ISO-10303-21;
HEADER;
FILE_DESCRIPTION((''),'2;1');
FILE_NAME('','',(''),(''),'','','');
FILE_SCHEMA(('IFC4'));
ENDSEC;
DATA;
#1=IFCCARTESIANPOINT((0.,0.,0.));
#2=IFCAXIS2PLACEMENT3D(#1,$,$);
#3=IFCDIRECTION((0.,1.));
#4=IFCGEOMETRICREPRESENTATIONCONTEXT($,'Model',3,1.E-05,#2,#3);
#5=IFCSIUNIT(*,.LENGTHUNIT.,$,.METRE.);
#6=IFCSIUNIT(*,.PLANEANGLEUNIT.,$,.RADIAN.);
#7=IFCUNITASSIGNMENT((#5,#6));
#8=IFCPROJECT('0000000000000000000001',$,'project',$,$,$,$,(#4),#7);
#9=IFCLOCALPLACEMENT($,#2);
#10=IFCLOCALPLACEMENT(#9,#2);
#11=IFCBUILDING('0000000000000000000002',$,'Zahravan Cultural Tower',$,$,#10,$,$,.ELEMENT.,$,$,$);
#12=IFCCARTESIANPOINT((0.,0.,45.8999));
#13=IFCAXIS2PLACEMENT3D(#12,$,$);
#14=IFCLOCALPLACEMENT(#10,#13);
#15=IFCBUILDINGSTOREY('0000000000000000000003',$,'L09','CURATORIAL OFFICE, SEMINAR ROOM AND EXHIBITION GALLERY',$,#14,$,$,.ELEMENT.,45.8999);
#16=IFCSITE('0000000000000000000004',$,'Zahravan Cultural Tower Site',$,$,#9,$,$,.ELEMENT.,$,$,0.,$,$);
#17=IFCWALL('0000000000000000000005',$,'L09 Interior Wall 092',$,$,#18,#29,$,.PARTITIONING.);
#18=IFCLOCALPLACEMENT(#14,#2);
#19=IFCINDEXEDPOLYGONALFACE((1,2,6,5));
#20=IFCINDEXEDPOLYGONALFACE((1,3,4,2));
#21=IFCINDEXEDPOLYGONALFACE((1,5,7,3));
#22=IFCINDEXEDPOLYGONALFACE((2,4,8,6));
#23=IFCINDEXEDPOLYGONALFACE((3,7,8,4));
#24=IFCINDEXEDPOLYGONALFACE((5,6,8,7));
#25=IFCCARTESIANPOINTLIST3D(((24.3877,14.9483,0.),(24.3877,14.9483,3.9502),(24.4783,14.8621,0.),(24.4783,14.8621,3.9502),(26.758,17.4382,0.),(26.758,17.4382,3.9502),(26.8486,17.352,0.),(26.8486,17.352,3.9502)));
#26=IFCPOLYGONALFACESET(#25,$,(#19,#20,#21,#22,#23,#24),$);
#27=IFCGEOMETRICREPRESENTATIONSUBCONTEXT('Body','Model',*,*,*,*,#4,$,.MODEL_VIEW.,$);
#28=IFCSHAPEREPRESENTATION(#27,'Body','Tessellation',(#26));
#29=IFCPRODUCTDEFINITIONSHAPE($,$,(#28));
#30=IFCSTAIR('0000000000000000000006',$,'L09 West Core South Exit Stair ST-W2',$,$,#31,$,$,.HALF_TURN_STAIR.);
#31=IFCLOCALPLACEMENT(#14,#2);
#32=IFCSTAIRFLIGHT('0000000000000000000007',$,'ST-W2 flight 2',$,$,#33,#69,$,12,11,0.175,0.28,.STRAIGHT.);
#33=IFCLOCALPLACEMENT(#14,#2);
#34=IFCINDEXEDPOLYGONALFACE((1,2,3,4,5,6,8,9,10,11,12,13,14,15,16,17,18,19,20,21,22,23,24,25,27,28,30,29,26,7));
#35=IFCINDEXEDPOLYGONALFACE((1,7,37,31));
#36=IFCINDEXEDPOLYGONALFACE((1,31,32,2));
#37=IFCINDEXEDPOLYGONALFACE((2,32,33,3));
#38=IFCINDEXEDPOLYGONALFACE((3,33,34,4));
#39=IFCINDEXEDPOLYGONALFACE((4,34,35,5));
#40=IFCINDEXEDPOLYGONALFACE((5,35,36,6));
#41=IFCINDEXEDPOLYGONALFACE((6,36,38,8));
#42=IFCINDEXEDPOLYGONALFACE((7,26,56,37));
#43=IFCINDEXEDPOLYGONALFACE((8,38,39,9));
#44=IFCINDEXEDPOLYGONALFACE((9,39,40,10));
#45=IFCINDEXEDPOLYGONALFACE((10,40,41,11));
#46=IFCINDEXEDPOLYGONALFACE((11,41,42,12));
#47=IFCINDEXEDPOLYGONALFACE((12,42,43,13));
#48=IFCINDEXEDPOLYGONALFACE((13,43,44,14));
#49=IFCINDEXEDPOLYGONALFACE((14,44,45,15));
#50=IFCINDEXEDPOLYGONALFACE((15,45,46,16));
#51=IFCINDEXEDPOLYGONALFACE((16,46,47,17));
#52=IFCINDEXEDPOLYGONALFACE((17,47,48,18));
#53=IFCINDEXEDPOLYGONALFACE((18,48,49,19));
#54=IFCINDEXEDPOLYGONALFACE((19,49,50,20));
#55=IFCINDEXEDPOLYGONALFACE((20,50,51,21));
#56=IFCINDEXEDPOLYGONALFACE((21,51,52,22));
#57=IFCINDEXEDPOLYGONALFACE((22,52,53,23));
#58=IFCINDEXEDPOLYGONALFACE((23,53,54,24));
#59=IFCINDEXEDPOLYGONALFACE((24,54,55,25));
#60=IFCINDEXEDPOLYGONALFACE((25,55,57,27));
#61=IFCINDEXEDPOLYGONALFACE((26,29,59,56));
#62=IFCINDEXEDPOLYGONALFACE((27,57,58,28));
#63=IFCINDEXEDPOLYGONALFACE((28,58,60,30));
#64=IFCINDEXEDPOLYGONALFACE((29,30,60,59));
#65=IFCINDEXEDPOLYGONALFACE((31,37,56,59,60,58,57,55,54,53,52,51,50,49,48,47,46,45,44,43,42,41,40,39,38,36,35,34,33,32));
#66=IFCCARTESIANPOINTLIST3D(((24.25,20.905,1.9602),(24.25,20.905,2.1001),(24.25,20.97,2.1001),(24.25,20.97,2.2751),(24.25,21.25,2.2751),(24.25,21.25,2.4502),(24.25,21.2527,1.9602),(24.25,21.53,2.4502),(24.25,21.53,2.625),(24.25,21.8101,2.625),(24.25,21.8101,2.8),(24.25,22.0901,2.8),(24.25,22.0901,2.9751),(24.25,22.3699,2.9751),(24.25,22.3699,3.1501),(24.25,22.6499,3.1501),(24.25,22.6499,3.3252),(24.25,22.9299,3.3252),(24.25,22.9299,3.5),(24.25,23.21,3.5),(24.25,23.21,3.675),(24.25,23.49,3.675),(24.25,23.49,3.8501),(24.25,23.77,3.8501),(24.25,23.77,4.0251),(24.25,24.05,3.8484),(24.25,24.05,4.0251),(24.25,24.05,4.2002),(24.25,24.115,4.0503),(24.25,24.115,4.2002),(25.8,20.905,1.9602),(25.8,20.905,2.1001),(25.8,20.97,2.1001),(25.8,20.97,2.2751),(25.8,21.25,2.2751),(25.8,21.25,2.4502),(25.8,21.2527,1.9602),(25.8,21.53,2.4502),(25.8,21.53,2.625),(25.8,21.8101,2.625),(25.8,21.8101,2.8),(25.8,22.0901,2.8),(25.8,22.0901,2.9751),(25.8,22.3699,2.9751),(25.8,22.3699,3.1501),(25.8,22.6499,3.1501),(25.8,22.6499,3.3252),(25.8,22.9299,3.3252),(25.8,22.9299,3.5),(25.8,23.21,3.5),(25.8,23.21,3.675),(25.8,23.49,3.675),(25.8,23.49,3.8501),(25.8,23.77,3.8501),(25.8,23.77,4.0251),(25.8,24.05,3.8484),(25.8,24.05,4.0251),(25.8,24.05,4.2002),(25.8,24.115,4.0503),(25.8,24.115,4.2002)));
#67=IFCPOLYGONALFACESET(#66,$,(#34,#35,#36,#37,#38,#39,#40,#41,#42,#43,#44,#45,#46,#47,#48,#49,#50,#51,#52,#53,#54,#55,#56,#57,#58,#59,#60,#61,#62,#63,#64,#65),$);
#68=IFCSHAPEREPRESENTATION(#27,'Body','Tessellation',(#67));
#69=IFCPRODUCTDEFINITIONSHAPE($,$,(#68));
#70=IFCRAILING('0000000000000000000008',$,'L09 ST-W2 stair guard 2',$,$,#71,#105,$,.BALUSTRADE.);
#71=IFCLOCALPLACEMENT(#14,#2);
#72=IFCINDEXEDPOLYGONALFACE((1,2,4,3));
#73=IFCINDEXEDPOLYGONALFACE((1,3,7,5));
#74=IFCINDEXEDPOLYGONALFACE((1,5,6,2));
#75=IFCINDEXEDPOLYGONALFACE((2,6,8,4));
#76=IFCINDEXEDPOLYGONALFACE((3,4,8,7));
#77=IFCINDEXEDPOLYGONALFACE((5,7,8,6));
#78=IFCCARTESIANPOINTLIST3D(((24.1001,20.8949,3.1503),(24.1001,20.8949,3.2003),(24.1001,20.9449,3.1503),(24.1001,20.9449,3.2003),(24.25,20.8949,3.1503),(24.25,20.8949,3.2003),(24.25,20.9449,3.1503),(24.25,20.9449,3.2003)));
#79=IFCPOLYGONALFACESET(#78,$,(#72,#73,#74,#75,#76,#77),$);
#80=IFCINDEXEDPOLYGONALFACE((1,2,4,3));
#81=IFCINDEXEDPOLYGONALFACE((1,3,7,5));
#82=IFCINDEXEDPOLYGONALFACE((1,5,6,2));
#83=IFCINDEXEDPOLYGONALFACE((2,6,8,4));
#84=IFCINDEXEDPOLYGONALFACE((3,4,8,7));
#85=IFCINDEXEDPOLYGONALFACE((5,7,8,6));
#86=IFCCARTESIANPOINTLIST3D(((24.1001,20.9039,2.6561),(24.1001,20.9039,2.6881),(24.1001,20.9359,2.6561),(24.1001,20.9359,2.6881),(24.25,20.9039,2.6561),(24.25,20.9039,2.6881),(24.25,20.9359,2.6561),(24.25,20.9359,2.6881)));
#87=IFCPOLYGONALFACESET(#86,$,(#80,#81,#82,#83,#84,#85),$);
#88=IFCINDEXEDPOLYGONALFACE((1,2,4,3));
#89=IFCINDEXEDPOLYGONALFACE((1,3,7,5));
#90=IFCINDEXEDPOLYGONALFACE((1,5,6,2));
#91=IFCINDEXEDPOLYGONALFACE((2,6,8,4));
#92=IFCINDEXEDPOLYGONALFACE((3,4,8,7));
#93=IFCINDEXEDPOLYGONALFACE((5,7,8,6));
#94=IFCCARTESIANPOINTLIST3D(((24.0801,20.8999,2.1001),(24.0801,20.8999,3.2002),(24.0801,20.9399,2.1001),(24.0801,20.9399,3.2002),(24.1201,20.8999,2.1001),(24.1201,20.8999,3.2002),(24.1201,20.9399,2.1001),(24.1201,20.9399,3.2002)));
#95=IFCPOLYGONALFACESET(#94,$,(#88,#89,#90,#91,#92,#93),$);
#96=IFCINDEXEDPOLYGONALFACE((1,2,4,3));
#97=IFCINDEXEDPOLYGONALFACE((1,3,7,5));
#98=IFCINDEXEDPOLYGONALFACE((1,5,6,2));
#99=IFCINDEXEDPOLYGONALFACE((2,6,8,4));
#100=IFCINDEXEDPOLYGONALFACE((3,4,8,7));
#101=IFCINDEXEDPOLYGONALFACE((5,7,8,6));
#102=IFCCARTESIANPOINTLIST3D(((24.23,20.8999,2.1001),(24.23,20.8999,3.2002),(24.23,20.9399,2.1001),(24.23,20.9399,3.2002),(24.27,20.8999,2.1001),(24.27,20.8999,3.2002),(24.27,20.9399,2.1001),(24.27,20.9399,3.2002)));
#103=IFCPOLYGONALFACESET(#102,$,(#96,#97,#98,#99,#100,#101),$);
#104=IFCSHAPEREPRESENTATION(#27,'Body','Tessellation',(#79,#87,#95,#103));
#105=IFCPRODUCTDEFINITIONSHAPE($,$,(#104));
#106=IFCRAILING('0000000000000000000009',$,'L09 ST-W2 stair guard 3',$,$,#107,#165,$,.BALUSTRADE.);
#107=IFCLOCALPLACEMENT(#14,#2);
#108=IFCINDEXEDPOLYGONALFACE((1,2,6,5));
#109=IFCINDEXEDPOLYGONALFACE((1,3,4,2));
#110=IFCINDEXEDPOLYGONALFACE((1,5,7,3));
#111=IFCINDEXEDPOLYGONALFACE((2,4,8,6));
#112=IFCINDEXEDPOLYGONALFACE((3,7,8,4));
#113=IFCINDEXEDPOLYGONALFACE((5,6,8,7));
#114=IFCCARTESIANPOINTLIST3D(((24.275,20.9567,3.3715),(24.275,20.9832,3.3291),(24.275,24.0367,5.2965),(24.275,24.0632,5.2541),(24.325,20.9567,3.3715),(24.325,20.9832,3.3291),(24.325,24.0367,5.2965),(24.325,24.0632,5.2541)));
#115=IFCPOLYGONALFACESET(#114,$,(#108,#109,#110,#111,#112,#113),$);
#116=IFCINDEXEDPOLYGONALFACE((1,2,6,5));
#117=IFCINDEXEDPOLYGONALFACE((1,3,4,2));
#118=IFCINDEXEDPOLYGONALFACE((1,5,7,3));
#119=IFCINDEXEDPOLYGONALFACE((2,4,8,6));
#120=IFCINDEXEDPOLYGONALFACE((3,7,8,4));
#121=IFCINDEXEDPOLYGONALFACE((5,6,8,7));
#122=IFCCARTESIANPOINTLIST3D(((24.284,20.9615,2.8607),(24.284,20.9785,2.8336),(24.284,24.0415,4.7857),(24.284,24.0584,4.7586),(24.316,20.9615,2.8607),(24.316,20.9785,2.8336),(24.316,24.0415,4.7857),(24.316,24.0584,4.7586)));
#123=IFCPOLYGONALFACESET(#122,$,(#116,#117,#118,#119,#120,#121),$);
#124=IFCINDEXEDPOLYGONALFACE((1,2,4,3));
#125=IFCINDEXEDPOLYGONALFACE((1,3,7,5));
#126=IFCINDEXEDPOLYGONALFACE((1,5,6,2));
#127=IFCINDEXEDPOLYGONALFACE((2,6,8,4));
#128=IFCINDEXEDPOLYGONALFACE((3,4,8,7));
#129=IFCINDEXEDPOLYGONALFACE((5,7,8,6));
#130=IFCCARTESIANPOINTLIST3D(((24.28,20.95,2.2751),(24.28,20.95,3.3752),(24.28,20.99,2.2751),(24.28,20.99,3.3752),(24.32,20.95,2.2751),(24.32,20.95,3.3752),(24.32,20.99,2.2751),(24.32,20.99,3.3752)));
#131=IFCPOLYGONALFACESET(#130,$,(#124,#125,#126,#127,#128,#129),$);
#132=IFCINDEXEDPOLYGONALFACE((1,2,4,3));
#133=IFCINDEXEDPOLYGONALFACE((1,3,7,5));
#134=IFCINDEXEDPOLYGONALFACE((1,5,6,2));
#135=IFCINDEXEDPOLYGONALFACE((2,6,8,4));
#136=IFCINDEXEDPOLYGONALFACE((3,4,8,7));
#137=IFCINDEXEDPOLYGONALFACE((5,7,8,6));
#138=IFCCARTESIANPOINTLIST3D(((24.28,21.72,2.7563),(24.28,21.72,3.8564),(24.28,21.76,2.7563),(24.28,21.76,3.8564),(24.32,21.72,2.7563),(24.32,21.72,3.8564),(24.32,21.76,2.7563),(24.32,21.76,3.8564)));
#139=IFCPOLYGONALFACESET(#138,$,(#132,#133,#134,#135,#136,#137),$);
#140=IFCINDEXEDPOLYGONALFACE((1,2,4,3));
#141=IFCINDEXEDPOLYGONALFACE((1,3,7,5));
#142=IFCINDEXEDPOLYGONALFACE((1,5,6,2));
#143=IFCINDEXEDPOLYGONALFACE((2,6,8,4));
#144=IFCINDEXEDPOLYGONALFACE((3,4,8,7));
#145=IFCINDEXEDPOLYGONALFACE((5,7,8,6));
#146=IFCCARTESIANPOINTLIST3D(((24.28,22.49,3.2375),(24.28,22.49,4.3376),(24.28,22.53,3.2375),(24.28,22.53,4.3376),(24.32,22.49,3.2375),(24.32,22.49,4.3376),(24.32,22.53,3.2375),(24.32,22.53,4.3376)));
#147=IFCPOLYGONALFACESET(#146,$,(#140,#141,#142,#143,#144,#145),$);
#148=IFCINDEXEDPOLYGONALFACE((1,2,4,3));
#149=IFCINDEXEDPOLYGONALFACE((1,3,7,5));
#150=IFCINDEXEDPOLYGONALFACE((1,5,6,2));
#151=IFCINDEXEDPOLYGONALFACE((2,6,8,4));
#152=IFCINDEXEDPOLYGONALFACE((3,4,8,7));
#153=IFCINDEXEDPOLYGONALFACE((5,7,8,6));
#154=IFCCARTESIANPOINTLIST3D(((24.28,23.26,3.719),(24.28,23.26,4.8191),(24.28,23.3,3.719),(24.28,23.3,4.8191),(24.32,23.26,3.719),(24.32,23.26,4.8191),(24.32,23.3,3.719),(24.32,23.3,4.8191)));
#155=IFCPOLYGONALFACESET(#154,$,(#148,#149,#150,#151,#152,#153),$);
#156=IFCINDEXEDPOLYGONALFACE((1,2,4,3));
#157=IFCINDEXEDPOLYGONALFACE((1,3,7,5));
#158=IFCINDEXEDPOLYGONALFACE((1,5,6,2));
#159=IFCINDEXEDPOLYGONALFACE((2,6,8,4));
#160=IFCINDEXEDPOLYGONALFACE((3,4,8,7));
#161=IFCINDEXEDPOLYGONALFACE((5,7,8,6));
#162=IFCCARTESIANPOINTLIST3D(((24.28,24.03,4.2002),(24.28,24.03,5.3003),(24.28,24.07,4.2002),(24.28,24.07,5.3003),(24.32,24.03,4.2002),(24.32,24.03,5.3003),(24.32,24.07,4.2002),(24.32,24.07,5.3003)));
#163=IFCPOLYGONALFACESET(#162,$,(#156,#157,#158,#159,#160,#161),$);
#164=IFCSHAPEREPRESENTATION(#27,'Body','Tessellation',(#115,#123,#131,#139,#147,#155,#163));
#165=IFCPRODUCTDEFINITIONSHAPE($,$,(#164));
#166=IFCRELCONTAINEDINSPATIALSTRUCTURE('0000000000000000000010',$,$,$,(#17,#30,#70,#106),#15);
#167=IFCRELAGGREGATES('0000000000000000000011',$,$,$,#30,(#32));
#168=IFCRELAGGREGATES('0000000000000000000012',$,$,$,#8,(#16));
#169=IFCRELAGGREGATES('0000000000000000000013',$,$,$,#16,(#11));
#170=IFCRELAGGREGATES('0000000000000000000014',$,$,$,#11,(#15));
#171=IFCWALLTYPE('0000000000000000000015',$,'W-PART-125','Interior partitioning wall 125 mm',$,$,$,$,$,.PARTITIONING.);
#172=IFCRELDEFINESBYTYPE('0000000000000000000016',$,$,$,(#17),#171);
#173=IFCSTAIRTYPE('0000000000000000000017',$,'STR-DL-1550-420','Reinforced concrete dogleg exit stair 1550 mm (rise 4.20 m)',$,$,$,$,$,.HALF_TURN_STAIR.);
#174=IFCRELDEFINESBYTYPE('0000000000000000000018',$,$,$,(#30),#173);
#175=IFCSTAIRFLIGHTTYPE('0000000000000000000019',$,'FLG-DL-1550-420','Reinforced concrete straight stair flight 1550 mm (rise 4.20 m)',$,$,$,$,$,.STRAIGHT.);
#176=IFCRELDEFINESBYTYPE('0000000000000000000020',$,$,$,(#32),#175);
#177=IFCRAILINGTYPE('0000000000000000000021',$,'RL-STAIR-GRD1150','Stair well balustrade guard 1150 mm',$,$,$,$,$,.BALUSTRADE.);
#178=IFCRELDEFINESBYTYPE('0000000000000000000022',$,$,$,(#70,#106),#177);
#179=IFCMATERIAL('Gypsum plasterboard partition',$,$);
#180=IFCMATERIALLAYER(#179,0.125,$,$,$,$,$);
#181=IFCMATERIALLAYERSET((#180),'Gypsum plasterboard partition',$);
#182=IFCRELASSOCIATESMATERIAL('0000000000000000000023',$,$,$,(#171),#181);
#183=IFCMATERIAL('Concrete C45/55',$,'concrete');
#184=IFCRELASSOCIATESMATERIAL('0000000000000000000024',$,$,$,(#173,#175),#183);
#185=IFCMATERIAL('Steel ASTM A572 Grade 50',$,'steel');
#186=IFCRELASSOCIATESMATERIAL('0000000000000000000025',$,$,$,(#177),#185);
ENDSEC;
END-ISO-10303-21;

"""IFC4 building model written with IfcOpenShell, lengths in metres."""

from ifc_helpers import new_model, si_unit, direction, frame, frame_2d, origin, origin_2d, place, context, subcontext, project, spatial, polyline, rectangle, outline, extrude, source, transform, mapped, material, layer, layer_set, type_object, element, aggregate, save


model = new_model("IFC4")

# Units and contexts
model_context = context("Model", 3, precision=1e-05, world=origin(), true_north=direction((0.0, 1.0)))
body_context = subcontext(model_context, "Body", "Model", "MODEL_VIEW")
ifc_project = project(units=[si_unit("LENGTHUNIT", "METRE"), si_unit("PLANEANGLEUNIT", "RADIAN")], contexts=[model_context])

# Site, building, storey
site_placement = place(None, origin())
site = spatial("IfcSite", under=ifc_project, at=site_placement, Name="Zahravan Cultural Tower Site", CompositionType="ELEMENT", RefElevation=0.0)
building_placement = place(site_placement, origin())
building = spatial("IfcBuilding", under=site, at=building_placement, Name="Zahravan Cultural Tower", CompositionType="ELEMENT")
storey_placement = place(building_placement, frame((0.0, 0.0, 45.8999)))
storey = spatial("IfcBuildingStorey", under=building, at=storey_placement, Name="L09", Description="CURATORIAL OFFICE, SEMINAR ROOM AND EXHIBITION GALLERY", CompositionType="ELEMENT", Elevation=45.8999)

# Shared definitions
ifc_material_1 = material(Name="Steel ASTM A572 Grade 50", Category="steel")

# Shared definitions
ifc_material_2 = material(Name="Gypsum plasterboard partition")
ifc_layer_1 = layer(ifc_material_2, 0.125)
ifc_layer_set_1 = layer_set([ifc_layer_1], Name="Gypsum plasterboard partition")
wall_type_1 = type_object("IfcWallType", Name="W-PART-125", Description="Interior partitioning wall 125 mm", PredefinedType="PARTITIONING", material=ifc_layer_set_1)
ifc_material_3 = material(Name="Concrete C45/55", Category="concrete")

# Wall
shared_shape_1 = source(origin(), body_context, "Body", "SweptSolid", [
    extrude(rectangle(XDim=3.4377, YDim=0.125, at=frame_2d((1.7188, 0.0))), origin(), (0.0, 0.0, 1.0), 3.9502),
])
wall_1_placement = place(storey_placement, frame((26.8032, 17.395, 0.0), z_axis=(0.0, 0.0, 1.0), x_axis=(-0.689494, -0.724292, 0.0)))
element("IfcWall", 1, at=wall_1_placement, inside=storey, type_object=wall_type_1, Name="L09 Interior Wall 092", PredefinedType="PARTITIONING", context=body_context, shape_type="MappedRepresentation", body=[
    mapped(shared_shape_1, transform((0.0, 0.0, 0.0), x_axis=(1.0, 0.0, 0.0), y_axis=(0.0, 1.0, 0.0), z_axis=(0.0, 0.0, 1.0), scale=1.0)),
])

# Stair, stair flight
stair_type = type_object("IfcStairType", Name="STR-DL-1550-420", Description="Reinforced concrete dogleg exit stair 1550 mm (rise 4.20 m)", PredefinedType="HALF_TURN_STAIR", material=ifc_material_3)
stair_placement = place(storey_placement, origin())
stair = element("IfcStair", 2, at=stair_placement, inside=storey, type_object=stair_type, Name="L09 West Core South Exit Stair ST-W2", PredefinedType="HALF_TURN_STAIR")
stair_flight_type = type_object("IfcStairFlightType", Name="FLG-DL-1550-420", Description="Reinforced concrete straight stair flight 1550 mm (rise 4.20 m)", PredefinedType="STRAIGHT", material=ifc_material_3)
stair_flight_placement = place(storey_placement, frame((25.0249, 20.97, 2.1001), z_axis=(0.0, 0.0, 1.0), x_axis=(0.0, 1.0, 0.0)))
stair_flight = element("IfcStairFlight", 3, at=stair_flight_placement, type_object=stair_flight_type, Name="ST-W2 flight 2", NumberOfRisers=12, NumberOfTreads=11, PredefinedType="STRAIGHT", RiserHeight=0.175, TreadLength=0.28, context=body_context, shape_type="SweptSolid", body=[
    extrude(outline(polyline([(-0.0649, -0.1399), (-0.0649, 0.0), (0.0, 0.0), (0.0, 0.175), (0.28, 0.175), (0.28, 0.3501), (0.5601, 0.3501), (0.5601, 0.5249), (0.8401, 0.5249), (0.8401, 0.7), (1.1201, 0.7), (1.1201, 0.875), (1.3999, 0.875), (1.3999, 1.05), (1.6799, 1.05), (1.6799, 1.2251), (1.96, 1.2251), (1.96, 1.3999), (2.24, 1.3999), (2.24, 1.575), (2.52, 1.575), (2.52, 1.75), (2.8, 1.75), (2.8, 1.925), (3.0801, 1.925), (3.0801, 2.1001), (3.145, 2.1001), (3.145, 1.9502), (3.0801, 1.7483), (0.2827, -0.1399), (-0.0649, -0.1399)])), frame((0.0, 0.7749, 0.0), z_axis=(0.0, -1.0, 0.0), x_axis=(1.0, 0.0, 0.0)), (0.0, 0.0, 1.0), 1.55),
])
aggregate(stair, [stair_flight])

# Railings
railing_type_1 = type_object("IfcRailingType", Name="RL-STAIR-GRD1150", Description="Stair well balustrade guard 1150 mm", PredefinedType="BALUSTRADE", material=ifc_material_1)
railing_1_placement = place(storey_placement, frame((24.1001, 20.9199, 2.1001)))
element("IfcRailing", 4, at=railing_1_placement, inside=storey, type_object=railing_type_1, Name="L09 ST-W2 stair guard 2", PredefinedType="BALUSTRADE", context=body_context, shape_type="SweptSolid", body=[
    extrude(rectangle(XDim=0.05, YDim=0.05, at=origin_2d()), frame((0.0, 0.0, 1.0752), z_axis=(1.0, 0.0, 0.0), x_axis=(0.0, 1.0, 0.0)), (0.0, 0.0, 1.0), 0.1499),
    extrude(rectangle(XDim=0.032, YDim=0.032, at=origin_2d()), frame((0.0, 0.0, 0.572), z_axis=(1.0, 0.0, 0.0), x_axis=(0.0, 1.0, 0.0)), (0.0, 0.0, 1.0), 0.1499),
    extrude(rectangle(XDim=0.04, YDim=0.04, at=origin_2d()), origin(), (0.0, 0.0, 1.0), 1.1001),
    extrude(rectangle(XDim=0.04, YDim=0.04, at=origin_2d()), frame((0.1499, 0.0, 0.0)), (0.0, 0.0, 1.0), 1.1001),
])
railing_2_placement = place(storey_placement, frame((24.3, 20.97, 2.2751)))
element("IfcRailing", 5, at=railing_2_placement, inside=storey, type_object=railing_type_1, Name="L09 ST-W2 stair guard 3", PredefinedType="BALUSTRADE", context=body_context, shape_type="SweptSolid", body=[
    extrude(rectangle(XDim=0.05, YDim=0.05, at=origin_2d()), frame((0.0, 0.0, 1.0752), z_axis=(0.0, 0.847998, 0.529999), x_axis=(-1.0, 0.0, 0.0)), (0.0, 0.0, 1.0), 3.6321),
    extrude(rectangle(XDim=0.032, YDim=0.032, at=origin_2d()), frame((0.0, 0.0, 0.572), z_axis=(0.0, 0.847998, 0.529999), x_axis=(-1.0, 0.0, 0.0)), (0.0, 0.0, 1.0), 3.6321),
    extrude(rectangle(XDim=0.04, YDim=0.04, at=origin_2d()), origin(), (0.0, 0.0, 1.0), 1.1001),
    extrude(rectangle(XDim=0.04, YDim=0.04, at=origin_2d()), frame((0.0, 0.77, 0.4812)), (0.0, 0.0, 1.0), 1.1001),
    extrude(rectangle(XDim=0.04, YDim=0.04, at=origin_2d()), frame((0.0, 1.54, 0.9624)), (0.0, 0.0, 1.0), 1.1001),
    extrude(rectangle(XDim=0.04, YDim=0.04, at=origin_2d()), frame((0.0, 2.3101, 1.4438)), (0.0, 0.0, 1.0), 1.1001),
    extrude(rectangle(XDim=0.04, YDim=0.04, at=origin_2d()), frame((0.0, 3.0801, 1.925)), (0.0, 0.0, 1.0), 1.1001),
])

save(model, "model.ifc")
